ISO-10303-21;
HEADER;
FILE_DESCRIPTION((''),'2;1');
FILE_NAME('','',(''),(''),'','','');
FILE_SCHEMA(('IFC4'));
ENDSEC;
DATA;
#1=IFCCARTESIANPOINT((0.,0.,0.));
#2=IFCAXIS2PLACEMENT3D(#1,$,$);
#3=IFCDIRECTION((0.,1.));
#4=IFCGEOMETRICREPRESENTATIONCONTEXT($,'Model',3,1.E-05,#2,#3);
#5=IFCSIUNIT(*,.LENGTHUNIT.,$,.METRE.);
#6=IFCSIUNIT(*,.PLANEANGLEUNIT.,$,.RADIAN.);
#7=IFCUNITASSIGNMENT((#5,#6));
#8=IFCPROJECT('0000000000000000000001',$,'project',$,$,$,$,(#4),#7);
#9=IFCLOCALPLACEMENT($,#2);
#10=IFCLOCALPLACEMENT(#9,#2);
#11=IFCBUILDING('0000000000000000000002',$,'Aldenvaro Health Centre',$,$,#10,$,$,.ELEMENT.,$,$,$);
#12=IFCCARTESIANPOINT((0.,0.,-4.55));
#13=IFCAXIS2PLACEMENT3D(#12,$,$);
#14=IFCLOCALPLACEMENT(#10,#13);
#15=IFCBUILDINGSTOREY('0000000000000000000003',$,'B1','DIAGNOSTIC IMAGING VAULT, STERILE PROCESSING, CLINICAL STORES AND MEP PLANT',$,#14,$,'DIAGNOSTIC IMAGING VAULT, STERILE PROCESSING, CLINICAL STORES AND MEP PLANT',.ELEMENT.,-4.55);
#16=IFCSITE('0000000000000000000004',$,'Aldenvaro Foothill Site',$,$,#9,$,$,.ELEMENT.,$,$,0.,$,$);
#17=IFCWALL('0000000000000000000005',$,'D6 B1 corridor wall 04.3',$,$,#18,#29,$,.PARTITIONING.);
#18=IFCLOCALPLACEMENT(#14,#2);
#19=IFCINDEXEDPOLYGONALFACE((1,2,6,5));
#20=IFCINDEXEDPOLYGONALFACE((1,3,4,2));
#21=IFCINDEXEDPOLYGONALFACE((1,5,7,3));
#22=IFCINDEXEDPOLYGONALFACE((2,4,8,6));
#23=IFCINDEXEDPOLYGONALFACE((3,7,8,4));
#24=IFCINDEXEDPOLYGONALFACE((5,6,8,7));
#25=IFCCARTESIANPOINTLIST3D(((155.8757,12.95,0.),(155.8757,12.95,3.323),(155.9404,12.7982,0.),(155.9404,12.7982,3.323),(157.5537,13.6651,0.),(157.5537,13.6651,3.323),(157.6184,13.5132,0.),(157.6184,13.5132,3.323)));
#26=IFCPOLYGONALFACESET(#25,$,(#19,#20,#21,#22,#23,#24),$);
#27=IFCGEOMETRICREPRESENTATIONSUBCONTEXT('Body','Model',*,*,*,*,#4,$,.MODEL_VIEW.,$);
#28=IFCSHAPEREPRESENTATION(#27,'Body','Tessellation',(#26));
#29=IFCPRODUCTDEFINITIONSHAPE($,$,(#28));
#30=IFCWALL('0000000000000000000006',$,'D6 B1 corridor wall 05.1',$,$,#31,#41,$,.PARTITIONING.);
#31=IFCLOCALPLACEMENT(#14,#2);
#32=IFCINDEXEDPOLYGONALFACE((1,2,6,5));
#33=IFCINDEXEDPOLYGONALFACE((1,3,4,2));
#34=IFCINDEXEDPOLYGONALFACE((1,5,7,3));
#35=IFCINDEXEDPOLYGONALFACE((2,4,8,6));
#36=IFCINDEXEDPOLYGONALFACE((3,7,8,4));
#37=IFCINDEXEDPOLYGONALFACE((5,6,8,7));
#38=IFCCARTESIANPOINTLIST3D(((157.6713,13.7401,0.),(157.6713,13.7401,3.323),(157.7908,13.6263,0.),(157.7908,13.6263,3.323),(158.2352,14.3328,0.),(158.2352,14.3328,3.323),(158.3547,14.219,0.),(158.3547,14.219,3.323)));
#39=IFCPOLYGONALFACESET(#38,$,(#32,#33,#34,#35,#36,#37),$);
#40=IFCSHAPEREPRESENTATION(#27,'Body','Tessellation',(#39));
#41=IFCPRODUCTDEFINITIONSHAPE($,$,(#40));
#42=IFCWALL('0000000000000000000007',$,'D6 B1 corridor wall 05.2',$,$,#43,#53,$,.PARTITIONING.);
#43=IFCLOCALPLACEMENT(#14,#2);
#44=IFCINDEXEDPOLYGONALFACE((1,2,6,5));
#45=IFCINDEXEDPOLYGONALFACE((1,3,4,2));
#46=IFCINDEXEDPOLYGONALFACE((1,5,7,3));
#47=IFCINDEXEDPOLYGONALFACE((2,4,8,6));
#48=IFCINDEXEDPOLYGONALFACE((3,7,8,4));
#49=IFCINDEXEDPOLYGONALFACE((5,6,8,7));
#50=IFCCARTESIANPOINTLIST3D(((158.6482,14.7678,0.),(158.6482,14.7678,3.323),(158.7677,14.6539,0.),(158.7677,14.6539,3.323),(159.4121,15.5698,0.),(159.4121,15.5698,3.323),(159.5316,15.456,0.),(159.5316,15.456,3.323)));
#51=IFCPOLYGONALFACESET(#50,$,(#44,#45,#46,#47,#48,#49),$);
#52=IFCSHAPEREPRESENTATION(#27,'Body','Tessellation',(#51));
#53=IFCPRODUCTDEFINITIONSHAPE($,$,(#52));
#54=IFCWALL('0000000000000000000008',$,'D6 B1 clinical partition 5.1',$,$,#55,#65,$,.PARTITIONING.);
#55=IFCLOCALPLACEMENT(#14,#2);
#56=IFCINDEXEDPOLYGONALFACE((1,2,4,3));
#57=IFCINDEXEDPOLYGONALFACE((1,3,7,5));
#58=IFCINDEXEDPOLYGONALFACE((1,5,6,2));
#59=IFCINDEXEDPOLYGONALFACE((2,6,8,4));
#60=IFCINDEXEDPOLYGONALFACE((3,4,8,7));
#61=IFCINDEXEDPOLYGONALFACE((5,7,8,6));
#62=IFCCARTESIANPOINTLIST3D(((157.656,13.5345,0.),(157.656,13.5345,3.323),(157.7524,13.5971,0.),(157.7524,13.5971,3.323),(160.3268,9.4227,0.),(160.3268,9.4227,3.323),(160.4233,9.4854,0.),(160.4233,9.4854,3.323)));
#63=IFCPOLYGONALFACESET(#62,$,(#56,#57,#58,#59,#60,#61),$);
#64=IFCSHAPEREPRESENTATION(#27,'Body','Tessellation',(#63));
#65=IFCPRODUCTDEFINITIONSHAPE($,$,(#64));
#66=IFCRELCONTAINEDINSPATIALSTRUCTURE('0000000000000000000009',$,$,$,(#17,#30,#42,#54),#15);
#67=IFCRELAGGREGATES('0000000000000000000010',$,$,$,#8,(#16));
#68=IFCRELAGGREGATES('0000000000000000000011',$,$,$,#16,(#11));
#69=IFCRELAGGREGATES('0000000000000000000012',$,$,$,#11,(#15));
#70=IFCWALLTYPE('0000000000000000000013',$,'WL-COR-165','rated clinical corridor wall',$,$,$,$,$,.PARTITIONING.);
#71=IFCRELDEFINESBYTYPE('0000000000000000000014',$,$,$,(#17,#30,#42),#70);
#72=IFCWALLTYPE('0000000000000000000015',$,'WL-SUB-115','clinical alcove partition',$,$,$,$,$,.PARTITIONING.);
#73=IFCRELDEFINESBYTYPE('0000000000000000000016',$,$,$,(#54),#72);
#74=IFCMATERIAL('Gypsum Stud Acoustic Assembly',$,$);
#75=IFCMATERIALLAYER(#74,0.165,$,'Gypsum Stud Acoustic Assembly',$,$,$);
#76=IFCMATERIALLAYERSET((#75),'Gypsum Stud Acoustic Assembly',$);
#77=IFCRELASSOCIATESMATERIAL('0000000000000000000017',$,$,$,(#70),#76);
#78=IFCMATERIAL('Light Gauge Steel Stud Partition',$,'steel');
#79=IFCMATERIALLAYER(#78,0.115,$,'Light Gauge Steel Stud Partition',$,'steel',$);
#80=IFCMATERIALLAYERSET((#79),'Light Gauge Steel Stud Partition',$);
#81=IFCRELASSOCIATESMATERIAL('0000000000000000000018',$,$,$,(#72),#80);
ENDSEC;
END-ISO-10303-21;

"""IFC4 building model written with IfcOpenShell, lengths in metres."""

from ifc_helpers import new_model, si_unit, direction, frame, frame_2d, origin, place, context, subcontext, project, spatial, rectangle, extrude, material, layer, layer_set, type_object, element, save


model = new_model("IFC4")

# Units and contexts
model_context = context("Model", 3, precision=1e-05, world=origin(), true_north=direction((0.0, 1.0)))
body_context = subcontext(model_context, "Body", "Model", "MODEL_VIEW")
ifc_project = project(units=[si_unit("LENGTHUNIT", "METRE"), si_unit("PLANEANGLEUNIT", "RADIAN")], contexts=[model_context])

# Site, building, storey
site_placement = place(None, origin())
site = spatial("IfcSite", under=ifc_project, at=site_placement, Name="Aldenvaro Foothill Site", CompositionType="ELEMENT", RefElevation=0.0)
building_placement = place(site_placement, origin())
building = spatial("IfcBuilding", under=site, at=building_placement, Name="Aldenvaro Health Centre", CompositionType="ELEMENT")
storey_placement = place(building_placement, frame((0.0, 0.0, -4.55)))
storey = spatial("IfcBuildingStorey", under=building, at=storey_placement, Name="B1", Description="DIAGNOSTIC IMAGING VAULT, STERILE PROCESSING, CLINICAL STORES AND MEP PLANT", LongName="DIAGNOSTIC IMAGING VAULT, STERILE PROCESSING, CLINICAL STORES AND MEP PLANT", CompositionType="ELEMENT", Elevation=-4.55)

# Shared definitions
ifc_material_1 = material(Name="Gypsum Stud Acoustic Assembly")
ifc_layer_1 = layer(ifc_material_1, 0.165, Name="Gypsum Stud Acoustic Assembly")
ifc_layer_set_1 = layer_set([ifc_layer_1], Name="Gypsum Stud Acoustic Assembly")
wall_type_1 = type_object("IfcWallType", Name="WL-COR-165", Description="rated clinical corridor wall", PredefinedType="PARTITIONING", material=ifc_layer_set_1)

# Walls
wall_1_placement = place(storey_placement, frame((155.908, 12.874, 0.0), z_axis=(0.0, 0.0, 1.0), x_axis=(0.919946, 0.392045, 0.0)))
element("IfcWall", 1, at=wall_1_placement, inside=storey, type_object=wall_type_1, Name="D6 B1 corridor wall 04.3", PredefinedType="PARTITIONING", context=body_context, shape_type="SweptSolid", body=[
    extrude(rectangle(XDim=1.824, YDim=0.165, at=frame_2d((0.9121, 0.0))), origin(), (0.0, 0.0, 1.0), 3.323),
])
wall_2_placement = place(storey_placement, frame((157.731, 13.6831, 0.0), z_axis=(0.0, 0.0, 1.0), x_axis=(0.689283, 0.724493, 0.0)))
element("IfcWall", 2, at=wall_2_placement, inside=storey, type_object=wall_type_1, Name="D6 B1 corridor wall 05.1", PredefinedType="PARTITIONING", context=body_context, shape_type="SweptSolid", body=[
    extrude(rectangle(XDim=0.8181, YDim=0.165, at=frame_2d((0.4092, 0.0))), origin(), (0.0, 0.0, 1.0), 3.323),
])
wall_3_placement = place(storey_placement, frame((158.708, 14.7109, 0.0), z_axis=(0.0, 0.0, 1.0), x_axis=(0.689705, 0.724091, 0.0)))
element("IfcWall", 3, at=wall_3_placement, inside=storey, type_object=wall_type_1, Name="D6 B1 corridor wall 05.2", PredefinedType="PARTITIONING", context=body_context, shape_type="SweptSolid", body=[
    extrude(rectangle(XDim=1.1077, YDim=0.165, at=frame_2d((0.5537, 0.0))), origin(), (0.0, 0.0, 1.0), 3.323),
])
ifc_material_2 = material(Name="Light Gauge Steel Stud Partition", Category="steel")
ifc_layer_2 = layer(ifc_material_2, 0.115, Name="Light Gauge Steel Stud Partition", Category="steel")
ifc_layer_set_2 = layer_set([ifc_layer_2], Name="Light Gauge Steel Stud Partition")
wall_type_2 = type_object("IfcWallType", Name="WL-SUB-115", Description="clinical alcove partition", PredefinedType="PARTITIONING", material=ifc_layer_set_2)
wall_4_placement = place(storey_placement, frame((157.7041, 13.5659, 0.0), z_axis=(0.0, 0.0, 1.0), x_axis=(0.544733, -0.83861, 0.0)))
element("IfcWall", 4, at=wall_4_placement, inside=storey, type_object=wall_type_2, Name="D6 B1 clinical partition 5.1", PredefinedType="PARTITIONING", context=body_context, shape_type="SweptSolid", body=[
    extrude(rectangle(XDim=4.9031, YDim=0.115, at=frame_2d((2.4517, 0.0))), origin(), (0.0, 0.0, 1.0), 3.323),
])

save(model, "model.ifc")
